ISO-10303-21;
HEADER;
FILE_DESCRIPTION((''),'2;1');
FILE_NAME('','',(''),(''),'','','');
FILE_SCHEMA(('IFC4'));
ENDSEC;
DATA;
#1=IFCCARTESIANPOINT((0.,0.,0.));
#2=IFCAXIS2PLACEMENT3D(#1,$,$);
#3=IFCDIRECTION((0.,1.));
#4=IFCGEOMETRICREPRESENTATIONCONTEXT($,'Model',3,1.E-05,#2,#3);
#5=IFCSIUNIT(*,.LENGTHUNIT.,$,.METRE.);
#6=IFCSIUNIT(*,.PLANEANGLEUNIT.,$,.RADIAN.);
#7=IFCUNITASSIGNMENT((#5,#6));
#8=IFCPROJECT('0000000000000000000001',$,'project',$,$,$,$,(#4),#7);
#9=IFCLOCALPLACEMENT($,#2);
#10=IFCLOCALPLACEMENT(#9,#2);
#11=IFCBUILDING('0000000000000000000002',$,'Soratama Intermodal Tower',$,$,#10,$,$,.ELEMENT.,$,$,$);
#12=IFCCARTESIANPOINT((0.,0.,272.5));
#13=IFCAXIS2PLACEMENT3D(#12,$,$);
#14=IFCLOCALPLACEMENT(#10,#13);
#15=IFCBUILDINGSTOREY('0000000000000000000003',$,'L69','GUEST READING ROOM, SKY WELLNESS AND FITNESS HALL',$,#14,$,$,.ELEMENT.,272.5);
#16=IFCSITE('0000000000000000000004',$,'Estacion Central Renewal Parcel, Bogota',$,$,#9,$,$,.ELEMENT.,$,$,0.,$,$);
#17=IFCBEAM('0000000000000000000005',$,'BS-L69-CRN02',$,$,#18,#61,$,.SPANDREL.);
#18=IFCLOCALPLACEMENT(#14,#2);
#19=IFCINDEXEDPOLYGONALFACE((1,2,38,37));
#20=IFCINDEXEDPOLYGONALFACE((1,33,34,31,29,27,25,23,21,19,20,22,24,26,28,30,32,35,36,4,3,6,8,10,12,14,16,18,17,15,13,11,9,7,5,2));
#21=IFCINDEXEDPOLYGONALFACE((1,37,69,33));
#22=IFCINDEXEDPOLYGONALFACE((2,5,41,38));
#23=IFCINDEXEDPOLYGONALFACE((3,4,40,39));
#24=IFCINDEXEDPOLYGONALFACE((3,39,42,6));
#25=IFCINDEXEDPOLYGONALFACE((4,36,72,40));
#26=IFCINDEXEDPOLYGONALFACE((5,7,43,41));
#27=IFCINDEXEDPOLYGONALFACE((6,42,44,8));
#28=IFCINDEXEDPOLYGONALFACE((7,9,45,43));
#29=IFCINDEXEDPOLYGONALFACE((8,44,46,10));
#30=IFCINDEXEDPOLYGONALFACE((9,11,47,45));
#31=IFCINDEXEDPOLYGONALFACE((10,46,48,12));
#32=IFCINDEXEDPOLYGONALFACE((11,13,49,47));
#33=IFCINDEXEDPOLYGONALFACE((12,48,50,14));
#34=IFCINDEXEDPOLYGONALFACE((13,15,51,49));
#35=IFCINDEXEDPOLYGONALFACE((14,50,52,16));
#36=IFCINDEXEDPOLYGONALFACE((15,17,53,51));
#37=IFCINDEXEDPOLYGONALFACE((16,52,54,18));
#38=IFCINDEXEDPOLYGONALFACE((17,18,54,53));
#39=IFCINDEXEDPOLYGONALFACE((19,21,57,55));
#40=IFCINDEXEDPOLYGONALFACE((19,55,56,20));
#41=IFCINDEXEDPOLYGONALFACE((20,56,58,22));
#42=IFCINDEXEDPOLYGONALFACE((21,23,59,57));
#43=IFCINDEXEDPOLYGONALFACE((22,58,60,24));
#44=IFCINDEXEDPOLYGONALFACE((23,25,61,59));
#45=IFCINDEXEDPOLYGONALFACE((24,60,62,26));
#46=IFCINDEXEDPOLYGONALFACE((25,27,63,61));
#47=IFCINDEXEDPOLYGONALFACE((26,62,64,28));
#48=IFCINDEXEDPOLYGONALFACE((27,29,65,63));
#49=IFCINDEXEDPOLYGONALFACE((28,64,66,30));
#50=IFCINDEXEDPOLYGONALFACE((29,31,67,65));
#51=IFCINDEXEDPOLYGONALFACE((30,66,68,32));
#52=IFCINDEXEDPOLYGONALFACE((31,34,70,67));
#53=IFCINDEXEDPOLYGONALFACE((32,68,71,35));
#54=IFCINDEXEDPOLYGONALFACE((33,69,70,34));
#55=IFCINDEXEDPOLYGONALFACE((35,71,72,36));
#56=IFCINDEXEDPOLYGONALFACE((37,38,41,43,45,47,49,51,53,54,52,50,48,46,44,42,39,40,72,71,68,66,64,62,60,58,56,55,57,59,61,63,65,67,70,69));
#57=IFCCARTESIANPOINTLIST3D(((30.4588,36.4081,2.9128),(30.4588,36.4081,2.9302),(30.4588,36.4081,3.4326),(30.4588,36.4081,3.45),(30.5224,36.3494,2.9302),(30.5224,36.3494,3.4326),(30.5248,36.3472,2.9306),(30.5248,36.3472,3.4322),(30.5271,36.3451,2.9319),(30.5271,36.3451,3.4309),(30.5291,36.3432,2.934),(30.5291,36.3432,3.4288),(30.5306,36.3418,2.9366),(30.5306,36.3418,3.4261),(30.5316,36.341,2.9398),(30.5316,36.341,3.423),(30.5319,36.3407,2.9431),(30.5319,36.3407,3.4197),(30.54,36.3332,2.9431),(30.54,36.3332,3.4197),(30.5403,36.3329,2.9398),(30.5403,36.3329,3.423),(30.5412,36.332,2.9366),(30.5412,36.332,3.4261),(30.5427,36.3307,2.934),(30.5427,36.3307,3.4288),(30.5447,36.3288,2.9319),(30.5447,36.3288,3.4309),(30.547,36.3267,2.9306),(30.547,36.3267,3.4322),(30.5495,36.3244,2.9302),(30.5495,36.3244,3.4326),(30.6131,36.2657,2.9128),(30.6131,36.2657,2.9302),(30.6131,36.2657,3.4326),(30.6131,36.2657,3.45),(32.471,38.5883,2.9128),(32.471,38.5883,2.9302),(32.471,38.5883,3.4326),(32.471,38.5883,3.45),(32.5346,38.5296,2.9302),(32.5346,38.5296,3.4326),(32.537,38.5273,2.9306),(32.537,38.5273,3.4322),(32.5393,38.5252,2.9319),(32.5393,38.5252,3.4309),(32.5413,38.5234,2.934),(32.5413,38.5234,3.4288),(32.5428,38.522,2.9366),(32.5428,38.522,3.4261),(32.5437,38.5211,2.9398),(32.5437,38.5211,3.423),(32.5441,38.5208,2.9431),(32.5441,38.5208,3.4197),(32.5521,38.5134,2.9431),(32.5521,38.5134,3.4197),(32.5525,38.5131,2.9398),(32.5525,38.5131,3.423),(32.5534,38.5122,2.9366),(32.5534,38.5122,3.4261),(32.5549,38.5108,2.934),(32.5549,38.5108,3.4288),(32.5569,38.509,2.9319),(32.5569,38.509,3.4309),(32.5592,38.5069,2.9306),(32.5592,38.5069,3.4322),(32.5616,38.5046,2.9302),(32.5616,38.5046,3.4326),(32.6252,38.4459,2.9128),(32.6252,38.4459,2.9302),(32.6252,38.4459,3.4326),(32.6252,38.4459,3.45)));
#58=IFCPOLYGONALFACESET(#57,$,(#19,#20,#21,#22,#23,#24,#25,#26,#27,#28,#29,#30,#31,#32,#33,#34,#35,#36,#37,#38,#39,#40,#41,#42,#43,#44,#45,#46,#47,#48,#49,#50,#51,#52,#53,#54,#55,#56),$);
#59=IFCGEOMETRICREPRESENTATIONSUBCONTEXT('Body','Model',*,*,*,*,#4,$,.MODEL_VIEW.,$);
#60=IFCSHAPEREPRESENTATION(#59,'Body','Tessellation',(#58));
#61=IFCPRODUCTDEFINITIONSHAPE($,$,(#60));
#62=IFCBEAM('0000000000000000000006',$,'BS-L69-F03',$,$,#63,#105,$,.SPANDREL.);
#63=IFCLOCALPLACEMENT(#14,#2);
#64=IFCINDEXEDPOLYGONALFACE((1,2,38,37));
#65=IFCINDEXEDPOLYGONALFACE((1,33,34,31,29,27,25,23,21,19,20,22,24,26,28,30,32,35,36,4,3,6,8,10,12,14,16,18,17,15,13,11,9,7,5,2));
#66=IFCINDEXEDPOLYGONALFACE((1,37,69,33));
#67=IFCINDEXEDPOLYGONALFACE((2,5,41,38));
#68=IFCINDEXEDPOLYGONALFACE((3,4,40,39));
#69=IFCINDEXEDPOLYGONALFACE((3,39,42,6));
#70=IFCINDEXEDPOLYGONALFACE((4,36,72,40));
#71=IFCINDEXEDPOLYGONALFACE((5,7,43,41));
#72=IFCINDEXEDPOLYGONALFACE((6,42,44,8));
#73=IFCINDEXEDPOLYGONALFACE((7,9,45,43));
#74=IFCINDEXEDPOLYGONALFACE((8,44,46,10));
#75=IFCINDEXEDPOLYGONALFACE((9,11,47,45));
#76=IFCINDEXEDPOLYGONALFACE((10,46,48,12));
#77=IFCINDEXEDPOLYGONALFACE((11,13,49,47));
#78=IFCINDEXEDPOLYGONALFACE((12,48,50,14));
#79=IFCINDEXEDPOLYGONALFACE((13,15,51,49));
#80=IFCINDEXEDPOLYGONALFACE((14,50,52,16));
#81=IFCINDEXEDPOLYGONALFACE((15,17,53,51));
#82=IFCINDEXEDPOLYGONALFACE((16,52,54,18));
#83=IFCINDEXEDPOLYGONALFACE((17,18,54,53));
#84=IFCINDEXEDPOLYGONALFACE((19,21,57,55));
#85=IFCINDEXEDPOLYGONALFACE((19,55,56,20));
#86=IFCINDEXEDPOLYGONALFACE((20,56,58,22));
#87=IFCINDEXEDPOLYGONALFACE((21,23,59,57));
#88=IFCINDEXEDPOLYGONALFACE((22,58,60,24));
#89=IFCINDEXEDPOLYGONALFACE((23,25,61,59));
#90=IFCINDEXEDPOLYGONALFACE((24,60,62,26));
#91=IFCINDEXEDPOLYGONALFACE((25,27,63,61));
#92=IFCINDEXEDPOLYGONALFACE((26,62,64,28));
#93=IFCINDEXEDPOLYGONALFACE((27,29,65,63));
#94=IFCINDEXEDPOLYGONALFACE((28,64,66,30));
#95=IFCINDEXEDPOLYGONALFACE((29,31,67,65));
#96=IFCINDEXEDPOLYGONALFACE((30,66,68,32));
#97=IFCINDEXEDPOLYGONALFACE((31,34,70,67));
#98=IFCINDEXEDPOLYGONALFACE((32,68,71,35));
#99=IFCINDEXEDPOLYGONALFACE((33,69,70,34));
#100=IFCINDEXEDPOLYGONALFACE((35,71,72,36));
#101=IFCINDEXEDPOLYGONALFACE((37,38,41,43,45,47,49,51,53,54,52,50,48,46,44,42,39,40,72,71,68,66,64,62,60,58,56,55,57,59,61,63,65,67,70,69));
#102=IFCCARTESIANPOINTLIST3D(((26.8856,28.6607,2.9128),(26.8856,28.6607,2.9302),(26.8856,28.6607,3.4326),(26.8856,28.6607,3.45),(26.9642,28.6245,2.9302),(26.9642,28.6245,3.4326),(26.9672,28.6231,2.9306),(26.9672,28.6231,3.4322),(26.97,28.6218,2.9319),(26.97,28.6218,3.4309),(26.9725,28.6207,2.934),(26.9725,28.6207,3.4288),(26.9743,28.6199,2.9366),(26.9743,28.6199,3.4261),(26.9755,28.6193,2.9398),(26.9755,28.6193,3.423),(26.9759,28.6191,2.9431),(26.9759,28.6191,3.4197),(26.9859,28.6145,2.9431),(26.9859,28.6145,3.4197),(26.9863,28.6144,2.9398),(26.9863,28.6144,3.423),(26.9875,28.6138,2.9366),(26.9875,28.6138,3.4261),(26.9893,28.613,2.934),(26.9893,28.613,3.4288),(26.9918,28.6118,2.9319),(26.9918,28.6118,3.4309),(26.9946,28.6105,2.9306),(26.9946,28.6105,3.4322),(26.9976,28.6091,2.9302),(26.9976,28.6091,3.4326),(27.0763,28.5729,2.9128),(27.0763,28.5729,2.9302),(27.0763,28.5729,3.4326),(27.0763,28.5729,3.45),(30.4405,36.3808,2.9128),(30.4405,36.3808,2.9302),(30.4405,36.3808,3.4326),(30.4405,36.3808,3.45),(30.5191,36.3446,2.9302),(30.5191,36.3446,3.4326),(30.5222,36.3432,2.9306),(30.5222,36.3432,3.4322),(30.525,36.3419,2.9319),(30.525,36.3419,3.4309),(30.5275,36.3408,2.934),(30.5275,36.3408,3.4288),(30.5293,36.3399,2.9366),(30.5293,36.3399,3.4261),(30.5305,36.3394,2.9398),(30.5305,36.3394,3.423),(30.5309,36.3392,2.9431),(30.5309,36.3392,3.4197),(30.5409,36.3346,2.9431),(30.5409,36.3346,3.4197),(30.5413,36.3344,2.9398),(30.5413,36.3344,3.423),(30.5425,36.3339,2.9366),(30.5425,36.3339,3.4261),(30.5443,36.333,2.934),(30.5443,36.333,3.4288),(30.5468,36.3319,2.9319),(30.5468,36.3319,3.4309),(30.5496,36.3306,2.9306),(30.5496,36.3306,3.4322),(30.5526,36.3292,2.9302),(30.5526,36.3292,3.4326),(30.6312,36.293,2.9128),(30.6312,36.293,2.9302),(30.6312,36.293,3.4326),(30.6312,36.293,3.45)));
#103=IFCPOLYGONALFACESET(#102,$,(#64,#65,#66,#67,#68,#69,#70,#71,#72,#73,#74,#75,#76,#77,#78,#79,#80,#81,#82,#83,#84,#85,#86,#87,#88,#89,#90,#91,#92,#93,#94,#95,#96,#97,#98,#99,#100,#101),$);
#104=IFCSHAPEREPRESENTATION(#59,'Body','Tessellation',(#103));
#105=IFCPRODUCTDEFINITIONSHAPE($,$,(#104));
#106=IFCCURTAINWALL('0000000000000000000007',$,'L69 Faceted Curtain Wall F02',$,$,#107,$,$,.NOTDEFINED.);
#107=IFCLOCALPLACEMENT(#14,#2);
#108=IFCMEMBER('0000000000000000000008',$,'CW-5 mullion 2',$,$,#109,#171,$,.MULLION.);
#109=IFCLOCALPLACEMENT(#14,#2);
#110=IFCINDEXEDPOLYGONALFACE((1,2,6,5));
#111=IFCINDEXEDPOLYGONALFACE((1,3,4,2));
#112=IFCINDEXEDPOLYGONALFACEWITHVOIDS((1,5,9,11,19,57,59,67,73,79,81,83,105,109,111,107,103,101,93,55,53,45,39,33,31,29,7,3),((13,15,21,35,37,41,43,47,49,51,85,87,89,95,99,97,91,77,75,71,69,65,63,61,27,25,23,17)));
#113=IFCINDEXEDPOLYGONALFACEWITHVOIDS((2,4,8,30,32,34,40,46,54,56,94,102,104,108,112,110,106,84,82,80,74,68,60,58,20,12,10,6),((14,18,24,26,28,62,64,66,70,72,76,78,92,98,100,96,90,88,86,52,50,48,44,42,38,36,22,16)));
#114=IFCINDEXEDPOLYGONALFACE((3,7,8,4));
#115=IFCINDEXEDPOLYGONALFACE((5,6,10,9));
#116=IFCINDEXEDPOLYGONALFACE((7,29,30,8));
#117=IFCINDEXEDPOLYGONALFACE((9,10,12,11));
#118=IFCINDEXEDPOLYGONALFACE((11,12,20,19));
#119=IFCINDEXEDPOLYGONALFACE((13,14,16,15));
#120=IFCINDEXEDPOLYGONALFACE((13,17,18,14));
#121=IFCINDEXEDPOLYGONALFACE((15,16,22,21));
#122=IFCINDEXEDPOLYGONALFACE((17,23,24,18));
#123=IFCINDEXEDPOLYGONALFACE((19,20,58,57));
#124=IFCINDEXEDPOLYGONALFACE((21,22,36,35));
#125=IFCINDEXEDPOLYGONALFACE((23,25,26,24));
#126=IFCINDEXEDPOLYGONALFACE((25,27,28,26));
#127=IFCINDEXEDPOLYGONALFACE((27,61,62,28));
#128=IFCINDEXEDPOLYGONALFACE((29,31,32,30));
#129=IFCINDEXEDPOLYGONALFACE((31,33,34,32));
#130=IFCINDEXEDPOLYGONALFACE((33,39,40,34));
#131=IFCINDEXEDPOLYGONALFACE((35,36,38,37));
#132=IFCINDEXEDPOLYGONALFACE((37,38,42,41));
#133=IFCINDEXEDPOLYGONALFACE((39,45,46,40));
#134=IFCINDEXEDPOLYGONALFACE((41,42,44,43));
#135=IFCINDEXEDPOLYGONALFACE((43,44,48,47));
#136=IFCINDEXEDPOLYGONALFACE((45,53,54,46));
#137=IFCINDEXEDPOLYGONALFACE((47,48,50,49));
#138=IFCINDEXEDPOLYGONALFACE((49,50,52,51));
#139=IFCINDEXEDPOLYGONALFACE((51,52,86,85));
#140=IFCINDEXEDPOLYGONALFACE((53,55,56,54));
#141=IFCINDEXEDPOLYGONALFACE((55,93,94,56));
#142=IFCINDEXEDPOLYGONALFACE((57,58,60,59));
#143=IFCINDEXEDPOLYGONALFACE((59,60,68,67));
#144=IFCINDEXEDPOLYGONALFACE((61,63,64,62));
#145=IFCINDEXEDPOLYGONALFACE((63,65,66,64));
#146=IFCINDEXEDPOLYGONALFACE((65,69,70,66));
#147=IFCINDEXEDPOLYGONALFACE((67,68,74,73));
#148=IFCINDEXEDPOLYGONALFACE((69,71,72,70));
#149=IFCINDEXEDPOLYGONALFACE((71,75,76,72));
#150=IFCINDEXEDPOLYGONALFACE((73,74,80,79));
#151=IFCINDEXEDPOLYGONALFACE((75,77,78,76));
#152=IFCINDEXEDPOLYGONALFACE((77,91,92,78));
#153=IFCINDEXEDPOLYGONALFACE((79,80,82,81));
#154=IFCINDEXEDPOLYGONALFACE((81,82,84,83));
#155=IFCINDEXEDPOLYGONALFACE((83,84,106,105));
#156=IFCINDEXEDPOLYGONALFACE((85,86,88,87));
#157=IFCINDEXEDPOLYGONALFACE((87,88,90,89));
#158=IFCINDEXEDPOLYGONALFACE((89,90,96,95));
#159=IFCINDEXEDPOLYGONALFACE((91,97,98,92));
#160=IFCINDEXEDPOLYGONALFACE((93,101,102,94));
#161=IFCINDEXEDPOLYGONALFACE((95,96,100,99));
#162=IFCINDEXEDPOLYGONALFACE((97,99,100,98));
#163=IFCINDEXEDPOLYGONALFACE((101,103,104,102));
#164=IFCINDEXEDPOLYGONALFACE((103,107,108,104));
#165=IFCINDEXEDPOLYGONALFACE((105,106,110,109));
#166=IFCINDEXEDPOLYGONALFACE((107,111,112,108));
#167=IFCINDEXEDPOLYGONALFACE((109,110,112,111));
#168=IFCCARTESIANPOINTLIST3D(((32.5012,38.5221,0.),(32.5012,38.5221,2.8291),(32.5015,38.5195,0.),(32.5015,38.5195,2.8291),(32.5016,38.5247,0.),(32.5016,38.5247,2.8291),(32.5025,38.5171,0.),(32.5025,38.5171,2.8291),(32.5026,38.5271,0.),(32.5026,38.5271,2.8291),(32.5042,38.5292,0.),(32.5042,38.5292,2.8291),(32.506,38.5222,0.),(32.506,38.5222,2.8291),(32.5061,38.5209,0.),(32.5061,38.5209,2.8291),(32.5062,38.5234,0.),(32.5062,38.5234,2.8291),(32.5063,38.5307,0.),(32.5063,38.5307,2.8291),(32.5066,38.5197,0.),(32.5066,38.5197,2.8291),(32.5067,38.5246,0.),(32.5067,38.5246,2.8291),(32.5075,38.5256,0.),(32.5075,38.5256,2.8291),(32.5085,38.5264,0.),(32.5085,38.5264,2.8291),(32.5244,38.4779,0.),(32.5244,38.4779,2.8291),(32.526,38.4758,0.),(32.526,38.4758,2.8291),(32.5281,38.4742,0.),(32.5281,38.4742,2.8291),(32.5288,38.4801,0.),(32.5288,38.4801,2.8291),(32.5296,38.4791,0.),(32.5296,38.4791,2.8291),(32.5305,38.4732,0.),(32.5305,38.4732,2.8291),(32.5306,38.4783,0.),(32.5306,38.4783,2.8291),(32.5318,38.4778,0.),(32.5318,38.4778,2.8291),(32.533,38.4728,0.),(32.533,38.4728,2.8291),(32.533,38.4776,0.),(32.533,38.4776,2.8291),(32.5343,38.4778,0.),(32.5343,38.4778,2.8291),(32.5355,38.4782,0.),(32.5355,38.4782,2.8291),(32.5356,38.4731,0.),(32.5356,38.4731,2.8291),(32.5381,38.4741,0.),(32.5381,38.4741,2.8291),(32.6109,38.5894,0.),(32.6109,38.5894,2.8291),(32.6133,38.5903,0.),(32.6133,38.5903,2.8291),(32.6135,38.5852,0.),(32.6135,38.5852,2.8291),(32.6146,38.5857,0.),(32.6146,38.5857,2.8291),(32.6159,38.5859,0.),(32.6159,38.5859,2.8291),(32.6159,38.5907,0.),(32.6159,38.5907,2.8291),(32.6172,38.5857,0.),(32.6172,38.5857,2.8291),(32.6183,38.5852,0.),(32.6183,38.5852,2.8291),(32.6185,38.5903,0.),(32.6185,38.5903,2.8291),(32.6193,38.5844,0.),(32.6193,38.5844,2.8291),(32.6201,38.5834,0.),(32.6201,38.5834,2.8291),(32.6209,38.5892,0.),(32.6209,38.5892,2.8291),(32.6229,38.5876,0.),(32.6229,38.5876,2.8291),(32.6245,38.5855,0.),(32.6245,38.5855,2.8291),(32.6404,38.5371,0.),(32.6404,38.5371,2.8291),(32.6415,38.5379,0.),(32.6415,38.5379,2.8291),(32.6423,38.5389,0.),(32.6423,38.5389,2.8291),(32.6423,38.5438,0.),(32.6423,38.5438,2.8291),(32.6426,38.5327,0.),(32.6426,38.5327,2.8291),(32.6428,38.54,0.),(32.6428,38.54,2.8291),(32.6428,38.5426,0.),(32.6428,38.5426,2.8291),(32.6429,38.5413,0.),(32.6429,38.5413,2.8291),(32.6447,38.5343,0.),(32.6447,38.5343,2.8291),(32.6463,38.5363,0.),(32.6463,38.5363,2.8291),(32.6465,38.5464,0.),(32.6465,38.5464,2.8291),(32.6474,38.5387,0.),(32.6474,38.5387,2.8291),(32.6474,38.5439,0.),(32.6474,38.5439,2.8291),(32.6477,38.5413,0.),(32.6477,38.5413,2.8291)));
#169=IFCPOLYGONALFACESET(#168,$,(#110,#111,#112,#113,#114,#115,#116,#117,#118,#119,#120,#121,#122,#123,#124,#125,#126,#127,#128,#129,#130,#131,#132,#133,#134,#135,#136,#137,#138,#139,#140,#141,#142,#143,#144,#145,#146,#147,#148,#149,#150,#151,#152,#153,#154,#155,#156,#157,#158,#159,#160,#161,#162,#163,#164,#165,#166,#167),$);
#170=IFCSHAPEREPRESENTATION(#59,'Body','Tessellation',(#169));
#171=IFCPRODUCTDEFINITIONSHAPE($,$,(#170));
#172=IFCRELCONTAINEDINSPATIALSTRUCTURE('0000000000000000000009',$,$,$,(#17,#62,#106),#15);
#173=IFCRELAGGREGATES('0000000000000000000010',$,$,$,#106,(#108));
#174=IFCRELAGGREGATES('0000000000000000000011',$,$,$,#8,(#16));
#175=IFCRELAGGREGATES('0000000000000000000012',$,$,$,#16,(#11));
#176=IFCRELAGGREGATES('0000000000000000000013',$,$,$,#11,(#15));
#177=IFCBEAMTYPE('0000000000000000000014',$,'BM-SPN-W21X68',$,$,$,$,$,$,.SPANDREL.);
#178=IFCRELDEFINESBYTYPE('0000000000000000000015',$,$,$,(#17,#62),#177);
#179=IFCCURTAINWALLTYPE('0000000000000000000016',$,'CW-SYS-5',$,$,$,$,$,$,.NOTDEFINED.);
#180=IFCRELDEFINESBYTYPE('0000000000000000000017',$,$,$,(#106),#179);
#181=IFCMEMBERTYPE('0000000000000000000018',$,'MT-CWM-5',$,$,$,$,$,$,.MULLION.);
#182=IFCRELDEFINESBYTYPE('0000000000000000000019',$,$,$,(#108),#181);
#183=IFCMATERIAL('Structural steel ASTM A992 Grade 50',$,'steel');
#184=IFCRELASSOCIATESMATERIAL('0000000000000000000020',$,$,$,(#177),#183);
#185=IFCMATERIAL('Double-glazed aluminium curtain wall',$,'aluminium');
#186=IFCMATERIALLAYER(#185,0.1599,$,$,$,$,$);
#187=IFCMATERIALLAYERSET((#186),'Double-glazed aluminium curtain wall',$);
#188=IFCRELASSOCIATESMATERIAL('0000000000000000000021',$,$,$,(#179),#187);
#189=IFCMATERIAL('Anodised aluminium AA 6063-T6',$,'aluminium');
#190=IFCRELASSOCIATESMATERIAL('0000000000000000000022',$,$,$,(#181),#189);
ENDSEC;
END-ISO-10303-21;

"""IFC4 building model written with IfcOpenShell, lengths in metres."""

from ifc_helpers import new_model, si_unit, direction, frame, origin, origin_2d, place, context, subcontext, project, spatial, hollow_rectangle, i_section, extrude, material, layer, layer_set, material_profile, profile_set, type_object, element, aggregate, save


model = new_model("IFC4")

# Units and contexts
model_context = context("Model", 3, precision=1e-05, world=origin(), true_north=direction((0.0, 1.0)))
body_context = subcontext(model_context, "Body", "Model", "MODEL_VIEW")
ifc_project = project(units=[si_unit("LENGTHUNIT", "METRE"), si_unit("PLANEANGLEUNIT", "RADIAN")], contexts=[model_context])

# Site, building, storey
site_placement = place(None, origin())
site = spatial("IfcSite", under=ifc_project, at=site_placement, Name="Estacion Central Renewal Parcel, Bogota", CompositionType="ELEMENT", RefElevation=0.0)
building_placement = place(site_placement, origin())
building = spatial("IfcBuilding", under=site, at=building_placement, Name="Soratama Intermodal Tower", CompositionType="ELEMENT")
storey_placement = place(building_placement, frame((0.0, 0.0, 272.5)))
storey = spatial("IfcBuildingStorey", under=building, at=storey_placement, Name="L69", Description="GUEST READING ROOM, SKY WELLNESS AND FITNESS HALL", CompositionType="ELEMENT", Elevation=272.5)

# Beams
ifc_material_1 = material(Name="Structural steel ASTM A992 Grade 50", Category="steel")
ifc_material_profile_1 = material_profile(ifc_material_1, i_section(OverallWidth=0.21, OverallDepth=0.5371, WebThickness=0.011, FlangeThickness=0.0173, FilletRadius=0.0129, at=origin_2d()), Name="W21X68")
ifc_profile_set_1 = profile_set([ifc_material_profile_1], Name="Structural steel ASTM A992 Grade 50")
beam_type_1 = type_object("IfcBeamType", Name="BM-SPN-W21X68", PredefinedType="SPANDREL", material=ifc_profile_set_1)
beam_1_placement = place(storey_placement, frame((32.5481, 38.5171, 3.1814), z_axis=(-0.678232, -0.734848, 0.0), x_axis=(0.734848, -0.678232, 0.0)))
element("IfcBeam", 1, at=beam_1_placement, inside=storey, type_object=beam_type_1, Name="BS-L69-CRN02", PredefinedType="SPANDREL", context=body_context, shape_type="SweptSolid", body=[
    extrude(i_section(OverallWidth=0.21, OverallDepth=0.5371, WebThickness=0.011, FlangeThickness=0.0173, FilletRadius=0.0129, at=origin_2d()), origin(), (0.0, 0.0, 1.0), 2.9668),
])
beam_2_placement = place(storey_placement, frame((30.5359, 36.3369, 3.1814), z_axis=(-0.418269, -0.908323, 0.0), x_axis=(0.908323, -0.418269, 0.0)))
element("IfcBeam", 2, at=beam_2_placement, inside=storey, type_object=beam_type_1, Name="BS-L69-F03", PredefinedType="SPANDREL", context=body_context, shape_type="SweptSolid", body=[
    extrude(i_section(OverallWidth=0.21, OverallDepth=0.5371, WebThickness=0.011, FlangeThickness=0.0173, FilletRadius=0.0129, at=origin_2d()), origin(), (0.0, 0.0, 1.0), 8.4993),
])

# Curtain wall, member
ifc_material_2 = material(Name="Double-glazed aluminium curtain wall", Category="aluminium")
ifc_layer_1 = layer(ifc_material_2, 0.1599)
ifc_layer_set_1 = layer_set([ifc_layer_1], Name="Double-glazed aluminium curtain wall")
curtain_wall_type = type_object("IfcCurtainWallType", Name="CW-SYS-5", PredefinedType="NOTDEFINED", material=ifc_layer_set_1)
curtain_wall_1_placement = place(storey_placement, origin())
curtain_wall_1 = element("IfcCurtainWall", 3, at=curtain_wall_1_placement, inside=storey, type_object=curtain_wall_type, Name="L69 Faceted Curtain Wall F02", PredefinedType="NOTDEFINED")
ifc_material_3 = material(Name="Anodised aluminium AA 6063-T6", Category="aluminium")
ifc_material_profile_2 = material_profile(ifc_material_3, hollow_rectangle(XDim=0.0649, YDim=0.1399, WallThickness=0.0049, InnerFilletRadius=0.0049, OuterFilletRadius=0.01, at=origin_2d()), Name="CWM140X65X5")
ifc_profile_set_2 = profile_set([ifc_material_profile_2], Name="Anodised aluminium AA 6063-T6")
member_type_1 = type_object("IfcMemberType", Name="MT-CWM-5", PredefinedType="MULLION", material=ifc_profile_set_2)
member_1_placement = place(storey_placement, frame((32.5745, 38.5317, 0.0), z_axis=(0.0, 0.0, 1.0), x_axis=(0.489079, -0.872239, 0.0)))
member_1 = element("IfcMember", 4, at=member_1_placement, type_object=member_type_1, Name="CW-5 mullion 2", PredefinedType="MULLION", context=body_context, shape_type="SweptSolid", body=[
    extrude(hollow_rectangle(XDim=0.0649, YDim=0.1399, WallThickness=0.0049, InnerFilletRadius=0.0049, OuterFilletRadius=0.01, at=origin_2d()), origin(), (0.0, 0.0, 1.0), 2.8291),
])
aggregate(curtain_wall_1, [member_1])

save(model, "model.ifc")
